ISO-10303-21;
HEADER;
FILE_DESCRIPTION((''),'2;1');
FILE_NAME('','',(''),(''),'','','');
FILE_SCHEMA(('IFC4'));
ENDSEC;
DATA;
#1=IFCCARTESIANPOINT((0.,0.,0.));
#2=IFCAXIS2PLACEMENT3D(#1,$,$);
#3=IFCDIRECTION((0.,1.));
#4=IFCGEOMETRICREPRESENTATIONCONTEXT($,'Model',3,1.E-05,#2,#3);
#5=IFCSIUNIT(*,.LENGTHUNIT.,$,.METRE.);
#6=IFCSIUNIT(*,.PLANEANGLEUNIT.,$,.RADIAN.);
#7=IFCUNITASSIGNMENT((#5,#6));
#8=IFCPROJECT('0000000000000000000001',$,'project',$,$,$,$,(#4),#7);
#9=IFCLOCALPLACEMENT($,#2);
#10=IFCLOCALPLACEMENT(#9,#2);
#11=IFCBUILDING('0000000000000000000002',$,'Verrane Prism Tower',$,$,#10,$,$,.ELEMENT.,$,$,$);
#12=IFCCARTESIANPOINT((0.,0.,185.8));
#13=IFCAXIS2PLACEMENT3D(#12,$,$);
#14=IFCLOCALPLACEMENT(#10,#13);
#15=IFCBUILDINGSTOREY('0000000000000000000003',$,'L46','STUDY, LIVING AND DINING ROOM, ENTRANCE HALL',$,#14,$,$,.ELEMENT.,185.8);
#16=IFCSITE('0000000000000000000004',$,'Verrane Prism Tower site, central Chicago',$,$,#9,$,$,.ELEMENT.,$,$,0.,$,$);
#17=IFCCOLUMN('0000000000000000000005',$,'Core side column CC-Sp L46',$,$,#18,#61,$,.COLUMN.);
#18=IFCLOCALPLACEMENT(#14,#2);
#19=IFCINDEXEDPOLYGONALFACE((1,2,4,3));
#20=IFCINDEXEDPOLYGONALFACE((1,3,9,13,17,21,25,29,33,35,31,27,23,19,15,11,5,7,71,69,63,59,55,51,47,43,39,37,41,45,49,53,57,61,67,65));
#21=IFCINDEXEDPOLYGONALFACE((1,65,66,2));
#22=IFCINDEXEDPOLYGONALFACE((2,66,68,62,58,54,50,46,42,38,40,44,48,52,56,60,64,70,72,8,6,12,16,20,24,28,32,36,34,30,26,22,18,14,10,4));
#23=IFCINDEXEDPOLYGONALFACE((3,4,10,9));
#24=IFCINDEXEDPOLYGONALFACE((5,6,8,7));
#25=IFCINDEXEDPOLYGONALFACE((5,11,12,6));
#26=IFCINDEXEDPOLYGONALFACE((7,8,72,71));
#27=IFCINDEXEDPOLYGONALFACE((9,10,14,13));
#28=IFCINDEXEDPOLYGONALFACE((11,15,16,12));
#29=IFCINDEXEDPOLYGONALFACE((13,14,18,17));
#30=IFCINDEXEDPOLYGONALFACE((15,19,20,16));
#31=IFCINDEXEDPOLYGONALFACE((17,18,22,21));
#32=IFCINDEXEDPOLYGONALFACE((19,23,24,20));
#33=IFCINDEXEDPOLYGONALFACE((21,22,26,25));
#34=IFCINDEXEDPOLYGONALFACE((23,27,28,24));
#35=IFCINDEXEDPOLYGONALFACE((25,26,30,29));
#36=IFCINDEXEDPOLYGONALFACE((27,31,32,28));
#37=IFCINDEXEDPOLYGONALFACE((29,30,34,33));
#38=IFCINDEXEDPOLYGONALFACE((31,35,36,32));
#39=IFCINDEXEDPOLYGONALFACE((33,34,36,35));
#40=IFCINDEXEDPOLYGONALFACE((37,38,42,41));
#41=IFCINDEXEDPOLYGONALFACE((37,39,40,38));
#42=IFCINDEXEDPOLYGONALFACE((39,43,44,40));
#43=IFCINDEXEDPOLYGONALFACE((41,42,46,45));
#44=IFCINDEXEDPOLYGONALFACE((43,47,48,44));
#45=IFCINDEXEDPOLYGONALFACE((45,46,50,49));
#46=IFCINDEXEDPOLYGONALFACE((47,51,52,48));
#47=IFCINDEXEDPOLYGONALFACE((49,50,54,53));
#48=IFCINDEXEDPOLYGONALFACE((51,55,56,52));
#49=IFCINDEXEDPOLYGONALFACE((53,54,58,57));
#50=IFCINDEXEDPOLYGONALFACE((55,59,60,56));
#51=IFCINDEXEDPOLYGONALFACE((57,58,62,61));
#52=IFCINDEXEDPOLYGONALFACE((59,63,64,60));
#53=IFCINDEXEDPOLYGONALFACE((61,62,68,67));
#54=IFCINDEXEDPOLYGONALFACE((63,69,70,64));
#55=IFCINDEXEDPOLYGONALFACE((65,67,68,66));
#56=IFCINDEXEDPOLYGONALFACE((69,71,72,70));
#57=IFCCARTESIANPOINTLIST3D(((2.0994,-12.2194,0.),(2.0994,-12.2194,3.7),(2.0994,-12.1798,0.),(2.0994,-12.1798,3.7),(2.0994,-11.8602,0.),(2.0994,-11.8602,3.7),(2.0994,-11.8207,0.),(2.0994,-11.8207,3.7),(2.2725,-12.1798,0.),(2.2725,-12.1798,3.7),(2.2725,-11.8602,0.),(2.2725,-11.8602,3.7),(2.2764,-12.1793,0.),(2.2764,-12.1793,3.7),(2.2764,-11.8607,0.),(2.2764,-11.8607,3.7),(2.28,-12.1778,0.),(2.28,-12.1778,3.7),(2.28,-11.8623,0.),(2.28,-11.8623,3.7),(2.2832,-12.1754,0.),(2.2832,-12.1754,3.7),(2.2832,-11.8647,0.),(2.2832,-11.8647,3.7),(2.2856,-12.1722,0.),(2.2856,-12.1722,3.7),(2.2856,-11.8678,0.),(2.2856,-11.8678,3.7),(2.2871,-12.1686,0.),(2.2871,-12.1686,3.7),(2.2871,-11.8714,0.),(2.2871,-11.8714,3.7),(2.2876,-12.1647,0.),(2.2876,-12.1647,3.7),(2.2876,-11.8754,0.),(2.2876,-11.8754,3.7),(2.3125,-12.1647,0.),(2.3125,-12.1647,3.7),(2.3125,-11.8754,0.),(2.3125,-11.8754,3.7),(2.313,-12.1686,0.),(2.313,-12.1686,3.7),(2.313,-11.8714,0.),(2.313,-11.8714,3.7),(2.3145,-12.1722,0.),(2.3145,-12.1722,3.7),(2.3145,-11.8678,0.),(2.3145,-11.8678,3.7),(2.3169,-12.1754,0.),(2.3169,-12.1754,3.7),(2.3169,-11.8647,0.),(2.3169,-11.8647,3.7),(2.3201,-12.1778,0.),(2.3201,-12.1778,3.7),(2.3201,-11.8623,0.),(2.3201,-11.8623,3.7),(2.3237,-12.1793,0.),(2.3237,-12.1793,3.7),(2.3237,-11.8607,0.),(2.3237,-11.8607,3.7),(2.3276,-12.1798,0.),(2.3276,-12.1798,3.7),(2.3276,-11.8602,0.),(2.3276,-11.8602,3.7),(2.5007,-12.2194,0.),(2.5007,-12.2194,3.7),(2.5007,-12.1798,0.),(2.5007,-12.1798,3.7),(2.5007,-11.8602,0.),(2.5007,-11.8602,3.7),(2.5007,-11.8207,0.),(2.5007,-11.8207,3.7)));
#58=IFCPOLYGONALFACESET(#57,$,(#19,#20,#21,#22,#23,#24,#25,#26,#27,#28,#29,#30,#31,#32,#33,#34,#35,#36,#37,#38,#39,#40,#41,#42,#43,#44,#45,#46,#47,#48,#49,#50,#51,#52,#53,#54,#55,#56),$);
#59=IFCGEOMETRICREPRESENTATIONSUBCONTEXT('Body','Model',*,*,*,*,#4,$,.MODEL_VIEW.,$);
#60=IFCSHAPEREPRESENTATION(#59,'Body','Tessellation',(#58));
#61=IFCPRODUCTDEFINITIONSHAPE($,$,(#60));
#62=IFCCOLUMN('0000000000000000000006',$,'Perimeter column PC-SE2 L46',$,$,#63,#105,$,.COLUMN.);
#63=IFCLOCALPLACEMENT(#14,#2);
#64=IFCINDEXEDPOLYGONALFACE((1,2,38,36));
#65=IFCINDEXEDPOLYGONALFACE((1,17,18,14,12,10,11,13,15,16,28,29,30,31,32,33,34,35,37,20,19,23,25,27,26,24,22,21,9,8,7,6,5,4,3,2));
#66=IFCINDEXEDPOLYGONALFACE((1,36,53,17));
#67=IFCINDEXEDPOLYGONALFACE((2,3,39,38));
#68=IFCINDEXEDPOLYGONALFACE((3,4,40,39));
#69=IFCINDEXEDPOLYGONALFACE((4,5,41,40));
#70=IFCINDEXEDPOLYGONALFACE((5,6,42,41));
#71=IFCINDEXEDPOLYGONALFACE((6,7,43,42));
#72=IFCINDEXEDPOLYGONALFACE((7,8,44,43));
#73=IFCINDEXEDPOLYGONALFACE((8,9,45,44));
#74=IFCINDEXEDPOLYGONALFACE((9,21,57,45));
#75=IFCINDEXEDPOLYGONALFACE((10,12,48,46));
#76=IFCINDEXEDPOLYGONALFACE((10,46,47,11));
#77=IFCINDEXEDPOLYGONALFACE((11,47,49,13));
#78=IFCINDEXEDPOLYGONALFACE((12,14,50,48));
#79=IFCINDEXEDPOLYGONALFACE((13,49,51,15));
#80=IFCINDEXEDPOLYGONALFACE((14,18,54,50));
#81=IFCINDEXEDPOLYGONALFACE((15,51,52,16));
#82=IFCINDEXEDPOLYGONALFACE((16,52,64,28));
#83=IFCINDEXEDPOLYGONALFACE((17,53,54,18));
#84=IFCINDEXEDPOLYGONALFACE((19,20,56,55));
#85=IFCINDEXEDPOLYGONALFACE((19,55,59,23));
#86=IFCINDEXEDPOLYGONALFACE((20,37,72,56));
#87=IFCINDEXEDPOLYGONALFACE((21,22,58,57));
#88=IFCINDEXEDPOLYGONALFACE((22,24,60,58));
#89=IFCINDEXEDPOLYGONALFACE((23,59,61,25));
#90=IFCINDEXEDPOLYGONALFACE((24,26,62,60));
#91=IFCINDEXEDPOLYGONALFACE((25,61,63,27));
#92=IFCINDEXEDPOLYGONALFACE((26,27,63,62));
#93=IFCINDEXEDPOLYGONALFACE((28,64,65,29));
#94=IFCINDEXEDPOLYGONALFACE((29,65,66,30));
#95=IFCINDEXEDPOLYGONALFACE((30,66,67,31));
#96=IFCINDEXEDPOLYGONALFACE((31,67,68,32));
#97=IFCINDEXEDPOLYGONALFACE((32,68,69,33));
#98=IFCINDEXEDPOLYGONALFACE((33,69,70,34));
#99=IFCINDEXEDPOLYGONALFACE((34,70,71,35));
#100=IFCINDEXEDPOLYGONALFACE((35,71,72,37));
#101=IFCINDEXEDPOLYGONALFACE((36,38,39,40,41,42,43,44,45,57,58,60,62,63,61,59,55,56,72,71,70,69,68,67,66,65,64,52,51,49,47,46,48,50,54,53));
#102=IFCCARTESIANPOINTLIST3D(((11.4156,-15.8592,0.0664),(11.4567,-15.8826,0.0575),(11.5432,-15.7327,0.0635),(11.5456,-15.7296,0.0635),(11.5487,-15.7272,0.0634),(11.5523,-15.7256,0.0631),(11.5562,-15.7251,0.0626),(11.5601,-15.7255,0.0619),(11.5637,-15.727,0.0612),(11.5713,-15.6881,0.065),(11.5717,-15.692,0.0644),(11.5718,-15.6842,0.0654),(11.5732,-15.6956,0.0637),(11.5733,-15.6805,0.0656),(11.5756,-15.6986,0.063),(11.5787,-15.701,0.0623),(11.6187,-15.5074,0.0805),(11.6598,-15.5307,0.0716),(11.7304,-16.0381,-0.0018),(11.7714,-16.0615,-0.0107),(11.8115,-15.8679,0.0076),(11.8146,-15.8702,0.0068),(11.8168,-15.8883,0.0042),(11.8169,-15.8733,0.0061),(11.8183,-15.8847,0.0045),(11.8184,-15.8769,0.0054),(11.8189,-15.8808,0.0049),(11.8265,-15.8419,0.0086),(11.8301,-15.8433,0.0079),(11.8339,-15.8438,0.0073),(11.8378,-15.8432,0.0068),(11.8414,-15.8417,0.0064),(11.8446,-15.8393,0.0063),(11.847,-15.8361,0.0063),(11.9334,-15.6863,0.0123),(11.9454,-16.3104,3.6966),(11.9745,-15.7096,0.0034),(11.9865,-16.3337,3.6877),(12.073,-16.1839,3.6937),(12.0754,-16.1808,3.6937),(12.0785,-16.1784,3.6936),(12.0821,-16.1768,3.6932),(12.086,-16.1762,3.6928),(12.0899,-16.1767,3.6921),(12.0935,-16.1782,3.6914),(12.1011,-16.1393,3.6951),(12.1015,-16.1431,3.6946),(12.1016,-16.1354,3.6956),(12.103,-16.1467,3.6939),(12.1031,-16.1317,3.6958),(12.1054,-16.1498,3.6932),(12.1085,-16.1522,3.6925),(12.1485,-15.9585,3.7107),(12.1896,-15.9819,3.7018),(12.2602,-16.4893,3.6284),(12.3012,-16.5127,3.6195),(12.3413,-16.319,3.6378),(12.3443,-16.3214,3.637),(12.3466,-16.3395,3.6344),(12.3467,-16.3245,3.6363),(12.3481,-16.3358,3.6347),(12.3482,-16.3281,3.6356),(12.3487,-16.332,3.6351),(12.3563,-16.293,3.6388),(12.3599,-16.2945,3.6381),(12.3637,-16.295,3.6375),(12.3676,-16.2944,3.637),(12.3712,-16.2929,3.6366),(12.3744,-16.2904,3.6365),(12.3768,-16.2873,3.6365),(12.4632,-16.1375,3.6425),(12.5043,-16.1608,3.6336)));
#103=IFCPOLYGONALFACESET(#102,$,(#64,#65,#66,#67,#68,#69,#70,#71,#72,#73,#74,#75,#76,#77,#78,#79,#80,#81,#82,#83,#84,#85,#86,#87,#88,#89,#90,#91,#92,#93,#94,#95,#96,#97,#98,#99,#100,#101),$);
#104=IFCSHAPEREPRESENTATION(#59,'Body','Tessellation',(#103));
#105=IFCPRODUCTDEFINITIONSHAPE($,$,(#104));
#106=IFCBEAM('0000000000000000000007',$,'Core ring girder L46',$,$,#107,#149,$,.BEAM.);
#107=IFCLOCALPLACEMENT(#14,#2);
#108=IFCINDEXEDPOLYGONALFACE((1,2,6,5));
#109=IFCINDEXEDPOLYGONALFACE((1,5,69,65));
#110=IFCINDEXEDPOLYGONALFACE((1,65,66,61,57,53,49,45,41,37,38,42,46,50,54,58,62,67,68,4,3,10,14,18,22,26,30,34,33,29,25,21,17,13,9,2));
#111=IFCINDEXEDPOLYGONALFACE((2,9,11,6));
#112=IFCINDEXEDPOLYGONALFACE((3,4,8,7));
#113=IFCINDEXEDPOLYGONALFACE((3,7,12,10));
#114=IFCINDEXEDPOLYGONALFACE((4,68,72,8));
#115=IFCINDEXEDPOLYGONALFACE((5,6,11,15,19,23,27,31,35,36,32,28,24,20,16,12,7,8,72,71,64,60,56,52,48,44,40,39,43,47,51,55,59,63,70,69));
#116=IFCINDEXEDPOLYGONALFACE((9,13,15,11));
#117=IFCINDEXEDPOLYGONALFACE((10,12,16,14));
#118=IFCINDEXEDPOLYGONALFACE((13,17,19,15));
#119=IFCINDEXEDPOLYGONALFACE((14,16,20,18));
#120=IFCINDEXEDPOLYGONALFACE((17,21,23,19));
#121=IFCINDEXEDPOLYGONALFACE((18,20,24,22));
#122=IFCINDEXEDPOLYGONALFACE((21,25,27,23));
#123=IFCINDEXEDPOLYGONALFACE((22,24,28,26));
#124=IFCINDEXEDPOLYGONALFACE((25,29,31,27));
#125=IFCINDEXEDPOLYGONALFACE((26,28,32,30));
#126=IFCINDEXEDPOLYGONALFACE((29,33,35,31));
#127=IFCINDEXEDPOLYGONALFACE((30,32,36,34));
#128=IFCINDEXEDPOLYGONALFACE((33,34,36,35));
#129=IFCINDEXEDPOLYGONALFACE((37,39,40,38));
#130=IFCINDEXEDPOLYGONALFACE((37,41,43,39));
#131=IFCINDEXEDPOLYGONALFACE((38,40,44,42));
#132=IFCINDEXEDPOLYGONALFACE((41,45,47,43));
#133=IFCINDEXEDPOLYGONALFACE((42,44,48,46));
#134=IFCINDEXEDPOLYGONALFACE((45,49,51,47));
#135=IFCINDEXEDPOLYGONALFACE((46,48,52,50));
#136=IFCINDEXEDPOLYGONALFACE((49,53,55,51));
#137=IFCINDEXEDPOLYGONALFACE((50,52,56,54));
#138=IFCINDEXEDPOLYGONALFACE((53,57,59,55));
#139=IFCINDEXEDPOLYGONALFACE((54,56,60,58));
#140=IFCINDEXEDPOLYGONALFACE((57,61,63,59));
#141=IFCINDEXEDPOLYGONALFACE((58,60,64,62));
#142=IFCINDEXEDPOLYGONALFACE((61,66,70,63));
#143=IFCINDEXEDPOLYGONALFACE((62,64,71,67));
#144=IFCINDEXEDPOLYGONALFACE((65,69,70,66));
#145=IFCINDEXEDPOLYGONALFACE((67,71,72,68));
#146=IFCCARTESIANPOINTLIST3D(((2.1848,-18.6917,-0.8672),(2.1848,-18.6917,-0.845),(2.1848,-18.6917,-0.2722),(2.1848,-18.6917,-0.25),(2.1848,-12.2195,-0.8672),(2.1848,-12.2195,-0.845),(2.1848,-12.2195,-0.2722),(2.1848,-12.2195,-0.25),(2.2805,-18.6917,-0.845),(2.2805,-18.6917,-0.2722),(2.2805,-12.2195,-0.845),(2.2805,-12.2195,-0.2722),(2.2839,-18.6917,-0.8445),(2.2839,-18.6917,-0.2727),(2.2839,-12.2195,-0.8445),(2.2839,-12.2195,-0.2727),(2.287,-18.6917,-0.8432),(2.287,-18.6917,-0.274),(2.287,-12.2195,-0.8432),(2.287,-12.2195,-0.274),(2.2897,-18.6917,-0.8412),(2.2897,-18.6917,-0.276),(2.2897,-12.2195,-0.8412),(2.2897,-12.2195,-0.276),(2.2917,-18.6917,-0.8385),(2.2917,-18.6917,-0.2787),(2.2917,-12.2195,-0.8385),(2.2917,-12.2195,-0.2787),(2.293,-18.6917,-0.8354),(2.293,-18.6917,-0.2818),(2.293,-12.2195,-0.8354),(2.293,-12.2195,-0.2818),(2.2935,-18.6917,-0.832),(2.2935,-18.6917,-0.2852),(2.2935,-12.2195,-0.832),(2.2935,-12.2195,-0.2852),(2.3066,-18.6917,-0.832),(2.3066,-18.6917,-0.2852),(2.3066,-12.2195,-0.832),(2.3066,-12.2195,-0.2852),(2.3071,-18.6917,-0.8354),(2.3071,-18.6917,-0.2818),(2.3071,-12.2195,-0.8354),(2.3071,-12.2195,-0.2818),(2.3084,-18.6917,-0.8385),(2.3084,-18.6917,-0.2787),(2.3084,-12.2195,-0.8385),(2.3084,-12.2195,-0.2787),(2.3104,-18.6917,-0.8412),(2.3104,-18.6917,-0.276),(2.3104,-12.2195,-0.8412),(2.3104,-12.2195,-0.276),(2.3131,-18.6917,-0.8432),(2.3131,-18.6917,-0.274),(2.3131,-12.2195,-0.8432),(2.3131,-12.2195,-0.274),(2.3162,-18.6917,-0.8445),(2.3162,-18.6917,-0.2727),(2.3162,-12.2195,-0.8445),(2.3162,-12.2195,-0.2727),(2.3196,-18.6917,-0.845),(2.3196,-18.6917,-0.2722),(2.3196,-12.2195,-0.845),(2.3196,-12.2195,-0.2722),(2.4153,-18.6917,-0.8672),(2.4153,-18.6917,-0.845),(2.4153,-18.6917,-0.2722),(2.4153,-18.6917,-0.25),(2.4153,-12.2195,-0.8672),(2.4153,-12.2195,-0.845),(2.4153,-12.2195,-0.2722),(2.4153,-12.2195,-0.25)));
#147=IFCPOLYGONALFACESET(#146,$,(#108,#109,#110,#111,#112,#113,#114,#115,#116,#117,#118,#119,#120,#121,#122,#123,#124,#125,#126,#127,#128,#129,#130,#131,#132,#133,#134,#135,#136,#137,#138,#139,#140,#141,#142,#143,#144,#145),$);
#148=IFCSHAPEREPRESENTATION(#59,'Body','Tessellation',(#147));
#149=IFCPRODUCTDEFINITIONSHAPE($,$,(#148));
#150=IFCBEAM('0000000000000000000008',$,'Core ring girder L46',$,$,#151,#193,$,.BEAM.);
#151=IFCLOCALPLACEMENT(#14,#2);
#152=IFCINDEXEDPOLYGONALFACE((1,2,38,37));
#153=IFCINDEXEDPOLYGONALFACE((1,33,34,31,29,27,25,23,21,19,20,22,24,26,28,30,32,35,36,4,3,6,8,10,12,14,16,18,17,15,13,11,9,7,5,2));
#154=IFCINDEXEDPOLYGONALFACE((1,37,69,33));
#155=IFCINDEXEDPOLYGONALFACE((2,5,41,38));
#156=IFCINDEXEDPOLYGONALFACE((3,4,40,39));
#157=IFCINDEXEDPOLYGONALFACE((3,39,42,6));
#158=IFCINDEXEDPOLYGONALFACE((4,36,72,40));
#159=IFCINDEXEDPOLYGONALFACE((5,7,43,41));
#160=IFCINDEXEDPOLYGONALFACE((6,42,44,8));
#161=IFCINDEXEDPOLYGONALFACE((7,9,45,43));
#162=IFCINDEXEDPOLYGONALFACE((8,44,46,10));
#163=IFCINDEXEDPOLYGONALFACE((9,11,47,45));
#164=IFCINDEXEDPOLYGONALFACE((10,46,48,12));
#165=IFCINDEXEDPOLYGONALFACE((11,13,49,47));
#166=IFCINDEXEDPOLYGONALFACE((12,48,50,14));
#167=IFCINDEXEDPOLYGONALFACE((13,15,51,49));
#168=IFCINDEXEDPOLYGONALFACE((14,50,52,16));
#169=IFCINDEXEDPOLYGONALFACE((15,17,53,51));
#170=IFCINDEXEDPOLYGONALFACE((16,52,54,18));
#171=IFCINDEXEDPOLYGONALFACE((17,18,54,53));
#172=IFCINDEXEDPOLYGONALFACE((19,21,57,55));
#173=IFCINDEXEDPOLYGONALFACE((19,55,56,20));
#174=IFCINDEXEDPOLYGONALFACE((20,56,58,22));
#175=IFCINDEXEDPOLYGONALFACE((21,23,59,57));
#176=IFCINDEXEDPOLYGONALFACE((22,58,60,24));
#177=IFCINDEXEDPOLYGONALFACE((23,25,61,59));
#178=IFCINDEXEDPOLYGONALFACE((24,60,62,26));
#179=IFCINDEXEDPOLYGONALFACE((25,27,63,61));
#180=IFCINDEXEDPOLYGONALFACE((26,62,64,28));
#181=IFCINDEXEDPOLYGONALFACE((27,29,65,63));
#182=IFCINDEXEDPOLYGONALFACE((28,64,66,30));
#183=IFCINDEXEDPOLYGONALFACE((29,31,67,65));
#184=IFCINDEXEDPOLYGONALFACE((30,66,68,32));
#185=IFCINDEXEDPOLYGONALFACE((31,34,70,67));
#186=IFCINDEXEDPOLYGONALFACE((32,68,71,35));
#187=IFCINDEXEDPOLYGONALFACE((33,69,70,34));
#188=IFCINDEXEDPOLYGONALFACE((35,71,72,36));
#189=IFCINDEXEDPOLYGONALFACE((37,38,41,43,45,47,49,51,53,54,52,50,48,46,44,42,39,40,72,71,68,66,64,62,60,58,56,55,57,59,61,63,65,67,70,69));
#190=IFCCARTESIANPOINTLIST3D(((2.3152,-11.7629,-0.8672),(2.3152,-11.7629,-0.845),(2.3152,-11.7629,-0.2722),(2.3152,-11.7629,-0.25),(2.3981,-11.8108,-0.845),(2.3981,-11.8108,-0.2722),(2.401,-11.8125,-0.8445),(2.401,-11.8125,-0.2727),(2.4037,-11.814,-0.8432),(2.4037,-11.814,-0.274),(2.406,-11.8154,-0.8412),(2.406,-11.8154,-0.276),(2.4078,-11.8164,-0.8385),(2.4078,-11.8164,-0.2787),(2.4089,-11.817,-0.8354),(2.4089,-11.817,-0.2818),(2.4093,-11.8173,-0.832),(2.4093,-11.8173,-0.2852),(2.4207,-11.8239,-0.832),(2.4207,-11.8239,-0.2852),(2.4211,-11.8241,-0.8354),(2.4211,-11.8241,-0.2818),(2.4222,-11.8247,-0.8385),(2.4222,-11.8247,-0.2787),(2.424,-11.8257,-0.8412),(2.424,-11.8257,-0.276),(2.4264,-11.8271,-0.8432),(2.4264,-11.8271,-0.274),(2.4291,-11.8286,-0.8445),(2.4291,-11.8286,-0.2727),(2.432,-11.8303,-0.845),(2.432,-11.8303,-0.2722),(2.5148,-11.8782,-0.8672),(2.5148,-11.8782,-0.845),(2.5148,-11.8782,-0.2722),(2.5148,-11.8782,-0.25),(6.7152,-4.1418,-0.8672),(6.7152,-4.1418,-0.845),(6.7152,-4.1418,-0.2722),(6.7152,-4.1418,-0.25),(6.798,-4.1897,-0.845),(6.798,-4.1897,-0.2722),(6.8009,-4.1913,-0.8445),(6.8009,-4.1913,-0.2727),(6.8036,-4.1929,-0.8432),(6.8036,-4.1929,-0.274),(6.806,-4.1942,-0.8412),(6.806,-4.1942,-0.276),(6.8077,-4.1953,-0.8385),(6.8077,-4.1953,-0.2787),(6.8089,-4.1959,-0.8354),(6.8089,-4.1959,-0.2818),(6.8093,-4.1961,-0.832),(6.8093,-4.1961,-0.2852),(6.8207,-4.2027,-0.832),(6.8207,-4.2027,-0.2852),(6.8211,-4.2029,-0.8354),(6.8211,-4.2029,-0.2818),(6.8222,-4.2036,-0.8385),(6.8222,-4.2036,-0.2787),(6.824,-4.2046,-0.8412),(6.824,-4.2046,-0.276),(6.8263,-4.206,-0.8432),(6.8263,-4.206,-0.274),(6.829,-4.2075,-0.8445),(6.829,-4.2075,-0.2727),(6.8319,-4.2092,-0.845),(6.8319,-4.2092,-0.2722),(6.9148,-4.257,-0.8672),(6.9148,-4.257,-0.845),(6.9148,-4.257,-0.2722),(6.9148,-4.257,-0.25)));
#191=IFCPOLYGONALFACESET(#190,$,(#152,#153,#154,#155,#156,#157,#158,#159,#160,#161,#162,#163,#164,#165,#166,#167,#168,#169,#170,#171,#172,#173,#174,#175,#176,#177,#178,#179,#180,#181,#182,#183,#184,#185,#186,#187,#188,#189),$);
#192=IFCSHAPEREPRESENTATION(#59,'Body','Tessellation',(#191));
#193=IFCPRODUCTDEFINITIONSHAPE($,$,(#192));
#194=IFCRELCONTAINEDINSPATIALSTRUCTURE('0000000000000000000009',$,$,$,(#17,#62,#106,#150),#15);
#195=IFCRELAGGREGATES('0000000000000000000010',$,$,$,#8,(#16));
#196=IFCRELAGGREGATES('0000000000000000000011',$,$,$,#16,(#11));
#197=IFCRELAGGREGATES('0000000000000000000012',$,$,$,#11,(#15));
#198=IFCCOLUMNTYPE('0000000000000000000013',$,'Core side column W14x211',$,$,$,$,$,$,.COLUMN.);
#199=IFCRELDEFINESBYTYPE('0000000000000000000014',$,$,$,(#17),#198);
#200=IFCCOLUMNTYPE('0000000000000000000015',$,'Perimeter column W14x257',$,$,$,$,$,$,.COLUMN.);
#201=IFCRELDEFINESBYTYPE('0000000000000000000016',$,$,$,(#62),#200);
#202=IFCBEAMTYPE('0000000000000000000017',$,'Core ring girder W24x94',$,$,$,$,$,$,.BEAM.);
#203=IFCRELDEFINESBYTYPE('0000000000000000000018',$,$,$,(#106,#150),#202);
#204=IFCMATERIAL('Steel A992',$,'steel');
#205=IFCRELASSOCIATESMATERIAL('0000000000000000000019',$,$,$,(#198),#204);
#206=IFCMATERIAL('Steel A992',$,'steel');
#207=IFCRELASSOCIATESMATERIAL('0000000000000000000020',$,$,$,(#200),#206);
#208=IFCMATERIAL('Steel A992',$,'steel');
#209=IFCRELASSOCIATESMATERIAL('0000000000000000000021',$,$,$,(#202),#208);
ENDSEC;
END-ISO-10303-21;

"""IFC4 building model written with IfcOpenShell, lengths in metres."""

from ifc_helpers import new_model, si_unit, direction, frame, origin, origin_2d, place, context, subcontext, project, spatial, i_section, extrude, material, material_profile, profile_set, type_object, element, save


model = new_model("IFC4")

# Units and contexts
model_context = context("Model", 3, precision=1e-05, world=origin(), true_north=direction((0.0, 1.0)))
body_context = subcontext(model_context, "Body", "Model", "MODEL_VIEW")
ifc_project = project(units=[si_unit("LENGTHUNIT", "METRE"), si_unit("PLANEANGLEUNIT", "RADIAN")], contexts=[model_context])

# Site, building, storey
site_placement = place(None, origin())
site = spatial("IfcSite", under=ifc_project, at=site_placement, Name="Verrane Prism Tower site, central Chicago", CompositionType="ELEMENT", RefElevation=0.0)
building_placement = place(site_placement, origin())
building = spatial("IfcBuilding", under=site, at=building_placement, Name="Verrane Prism Tower", CompositionType="ELEMENT")
storey_placement = place(building_placement, frame((0.0, 0.0, 185.8)))
storey = spatial("IfcBuildingStorey", under=building, at=storey_placement, Name="L46", Description="STUDY, LIVING AND DINING ROOM, ENTRANCE HALL", CompositionType="ELEMENT", Elevation=185.8)

# Columns
ifc_material_1 = material(Name="Steel A992", Category="steel")
ifc_material_profile_1 = material_profile(ifc_material_1, i_section(OverallWidth=0.4014, OverallDepth=0.3987, WebThickness=0.0249, FlangeThickness=0.0396, FilletRadius=0.0151, at=origin_2d()), Name="W14x211")
ifc_profile_set_1 = profile_set([ifc_material_profile_1], Name="Steel A992")
column_type_1 = type_object("IfcColumnType", Name="Core side column W14x211", PredefinedType="COLUMN", material=ifc_profile_set_1)
column_1_placement = place(storey_placement, frame((2.3, -12.02, 0.0), z_axis=(0.0, 0.0, 1.0), x_axis=(1.0, 0.0, 0.0)))
element("IfcColumn", 1, at=column_1_placement, inside=storey, type_object=column_type_1, Name="Core side column CC-Sp L46", PredefinedType="COLUMN", context=body_context, shape_type="SweptSolid", body=[
    extrude(i_section(OverallWidth=0.4014, OverallDepth=0.3987, WebThickness=0.0249, FlangeThickness=0.0396, FilletRadius=0.0151, at=origin_2d()), origin(), (0.0, 0.0, 1.0), 3.7),
])
ifc_material_2 = material(Name="Steel A992", Category="steel")
ifc_material_profile_2 = material_profile(ifc_material_2, i_section(OverallWidth=0.4065, OverallDepth=0.4165, WebThickness=0.03, FlangeThickness=0.0481, FilletRadius=0.0151, at=origin_2d()), Name="W14x257")
ifc_profile_set_2 = profile_set([ifc_material_profile_2], Name="Steel A992")
column_type_2 = type_object("IfcColumnType", Name="Perimeter column W14x257", PredefinedType="COLUMN", material=ifc_profile_set_2)
column_2_placement = place(storey_placement, frame((11.6951, -15.7844, 0.0349), z_axis=(0.143332, -0.122063, 0.982118), x_axis=(-0.499579, -0.865575, -0.034669)))
element("IfcColumn", 2, at=column_2_placement, inside=storey, type_object=column_type_2, Name="Perimeter column PC-SE2 L46", PredefinedType="COLUMN", context=body_context, shape_type="SweptSolid", body=[
    extrude(i_section(OverallWidth=0.4065, OverallDepth=0.4165, WebThickness=0.03, FlangeThickness=0.0481, FilletRadius=0.0151, at=origin_2d()), origin(), (0.0, 0.0, 1.0), 3.6963),
])

# Beams
ifc_material_3 = material(Name="Steel A992", Category="steel")
ifc_material_profile_3 = material_profile(ifc_material_3, i_section(OverallWidth=0.2305, OverallDepth=0.6172, WebThickness=0.0132, FlangeThickness=0.0222, FilletRadius=0.0129, at=origin_2d()), Name="W24x94")
ifc_profile_set_3 = profile_set([ifc_material_profile_3], Name="Steel A992")
beam_type_1 = type_object("IfcBeamType", Name="Core ring girder W24x94", PredefinedType="BEAM", material=ifc_profile_set_3)
beam_1_placement = place(storey_placement, frame((2.3, -18.6917, -0.5586), z_axis=(0.0, 1.0, 0.0), x_axis=(-1.0, 0.0, 0.0)))
element("IfcBeam", 3, at=beam_1_placement, inside=storey, type_object=beam_type_1, Name="Core ring girder L46", PredefinedType="BEAM", context=body_context, shape_type="SweptSolid", body=[
    extrude(i_section(OverallWidth=0.2305, OverallDepth=0.6172, WebThickness=0.0132, FlangeThickness=0.0222, FilletRadius=0.0129, at=origin_2d()), origin(), (0.0, 0.0, 1.0), 6.4722),
])
beam_2_placement = place(storey_placement, frame((2.415, -11.8206, -0.5586), z_axis=(0.499988, 0.866032, 0.0), x_axis=(-0.866032, 0.499988, 0.0)))
element("IfcBeam", 4, at=beam_2_placement, inside=storey, type_object=beam_type_1, Name="Core ring girder L46", PredefinedType="BEAM", context=body_context, shape_type="SweptSolid", body=[
    extrude(i_section(OverallWidth=0.2305, OverallDepth=0.6172, WebThickness=0.0132, FlangeThickness=0.0222, FilletRadius=0.0129, at=origin_2d()), origin(), (0.0, 0.0, 1.0), 8.8),
])

save(model, "model.ifc")
